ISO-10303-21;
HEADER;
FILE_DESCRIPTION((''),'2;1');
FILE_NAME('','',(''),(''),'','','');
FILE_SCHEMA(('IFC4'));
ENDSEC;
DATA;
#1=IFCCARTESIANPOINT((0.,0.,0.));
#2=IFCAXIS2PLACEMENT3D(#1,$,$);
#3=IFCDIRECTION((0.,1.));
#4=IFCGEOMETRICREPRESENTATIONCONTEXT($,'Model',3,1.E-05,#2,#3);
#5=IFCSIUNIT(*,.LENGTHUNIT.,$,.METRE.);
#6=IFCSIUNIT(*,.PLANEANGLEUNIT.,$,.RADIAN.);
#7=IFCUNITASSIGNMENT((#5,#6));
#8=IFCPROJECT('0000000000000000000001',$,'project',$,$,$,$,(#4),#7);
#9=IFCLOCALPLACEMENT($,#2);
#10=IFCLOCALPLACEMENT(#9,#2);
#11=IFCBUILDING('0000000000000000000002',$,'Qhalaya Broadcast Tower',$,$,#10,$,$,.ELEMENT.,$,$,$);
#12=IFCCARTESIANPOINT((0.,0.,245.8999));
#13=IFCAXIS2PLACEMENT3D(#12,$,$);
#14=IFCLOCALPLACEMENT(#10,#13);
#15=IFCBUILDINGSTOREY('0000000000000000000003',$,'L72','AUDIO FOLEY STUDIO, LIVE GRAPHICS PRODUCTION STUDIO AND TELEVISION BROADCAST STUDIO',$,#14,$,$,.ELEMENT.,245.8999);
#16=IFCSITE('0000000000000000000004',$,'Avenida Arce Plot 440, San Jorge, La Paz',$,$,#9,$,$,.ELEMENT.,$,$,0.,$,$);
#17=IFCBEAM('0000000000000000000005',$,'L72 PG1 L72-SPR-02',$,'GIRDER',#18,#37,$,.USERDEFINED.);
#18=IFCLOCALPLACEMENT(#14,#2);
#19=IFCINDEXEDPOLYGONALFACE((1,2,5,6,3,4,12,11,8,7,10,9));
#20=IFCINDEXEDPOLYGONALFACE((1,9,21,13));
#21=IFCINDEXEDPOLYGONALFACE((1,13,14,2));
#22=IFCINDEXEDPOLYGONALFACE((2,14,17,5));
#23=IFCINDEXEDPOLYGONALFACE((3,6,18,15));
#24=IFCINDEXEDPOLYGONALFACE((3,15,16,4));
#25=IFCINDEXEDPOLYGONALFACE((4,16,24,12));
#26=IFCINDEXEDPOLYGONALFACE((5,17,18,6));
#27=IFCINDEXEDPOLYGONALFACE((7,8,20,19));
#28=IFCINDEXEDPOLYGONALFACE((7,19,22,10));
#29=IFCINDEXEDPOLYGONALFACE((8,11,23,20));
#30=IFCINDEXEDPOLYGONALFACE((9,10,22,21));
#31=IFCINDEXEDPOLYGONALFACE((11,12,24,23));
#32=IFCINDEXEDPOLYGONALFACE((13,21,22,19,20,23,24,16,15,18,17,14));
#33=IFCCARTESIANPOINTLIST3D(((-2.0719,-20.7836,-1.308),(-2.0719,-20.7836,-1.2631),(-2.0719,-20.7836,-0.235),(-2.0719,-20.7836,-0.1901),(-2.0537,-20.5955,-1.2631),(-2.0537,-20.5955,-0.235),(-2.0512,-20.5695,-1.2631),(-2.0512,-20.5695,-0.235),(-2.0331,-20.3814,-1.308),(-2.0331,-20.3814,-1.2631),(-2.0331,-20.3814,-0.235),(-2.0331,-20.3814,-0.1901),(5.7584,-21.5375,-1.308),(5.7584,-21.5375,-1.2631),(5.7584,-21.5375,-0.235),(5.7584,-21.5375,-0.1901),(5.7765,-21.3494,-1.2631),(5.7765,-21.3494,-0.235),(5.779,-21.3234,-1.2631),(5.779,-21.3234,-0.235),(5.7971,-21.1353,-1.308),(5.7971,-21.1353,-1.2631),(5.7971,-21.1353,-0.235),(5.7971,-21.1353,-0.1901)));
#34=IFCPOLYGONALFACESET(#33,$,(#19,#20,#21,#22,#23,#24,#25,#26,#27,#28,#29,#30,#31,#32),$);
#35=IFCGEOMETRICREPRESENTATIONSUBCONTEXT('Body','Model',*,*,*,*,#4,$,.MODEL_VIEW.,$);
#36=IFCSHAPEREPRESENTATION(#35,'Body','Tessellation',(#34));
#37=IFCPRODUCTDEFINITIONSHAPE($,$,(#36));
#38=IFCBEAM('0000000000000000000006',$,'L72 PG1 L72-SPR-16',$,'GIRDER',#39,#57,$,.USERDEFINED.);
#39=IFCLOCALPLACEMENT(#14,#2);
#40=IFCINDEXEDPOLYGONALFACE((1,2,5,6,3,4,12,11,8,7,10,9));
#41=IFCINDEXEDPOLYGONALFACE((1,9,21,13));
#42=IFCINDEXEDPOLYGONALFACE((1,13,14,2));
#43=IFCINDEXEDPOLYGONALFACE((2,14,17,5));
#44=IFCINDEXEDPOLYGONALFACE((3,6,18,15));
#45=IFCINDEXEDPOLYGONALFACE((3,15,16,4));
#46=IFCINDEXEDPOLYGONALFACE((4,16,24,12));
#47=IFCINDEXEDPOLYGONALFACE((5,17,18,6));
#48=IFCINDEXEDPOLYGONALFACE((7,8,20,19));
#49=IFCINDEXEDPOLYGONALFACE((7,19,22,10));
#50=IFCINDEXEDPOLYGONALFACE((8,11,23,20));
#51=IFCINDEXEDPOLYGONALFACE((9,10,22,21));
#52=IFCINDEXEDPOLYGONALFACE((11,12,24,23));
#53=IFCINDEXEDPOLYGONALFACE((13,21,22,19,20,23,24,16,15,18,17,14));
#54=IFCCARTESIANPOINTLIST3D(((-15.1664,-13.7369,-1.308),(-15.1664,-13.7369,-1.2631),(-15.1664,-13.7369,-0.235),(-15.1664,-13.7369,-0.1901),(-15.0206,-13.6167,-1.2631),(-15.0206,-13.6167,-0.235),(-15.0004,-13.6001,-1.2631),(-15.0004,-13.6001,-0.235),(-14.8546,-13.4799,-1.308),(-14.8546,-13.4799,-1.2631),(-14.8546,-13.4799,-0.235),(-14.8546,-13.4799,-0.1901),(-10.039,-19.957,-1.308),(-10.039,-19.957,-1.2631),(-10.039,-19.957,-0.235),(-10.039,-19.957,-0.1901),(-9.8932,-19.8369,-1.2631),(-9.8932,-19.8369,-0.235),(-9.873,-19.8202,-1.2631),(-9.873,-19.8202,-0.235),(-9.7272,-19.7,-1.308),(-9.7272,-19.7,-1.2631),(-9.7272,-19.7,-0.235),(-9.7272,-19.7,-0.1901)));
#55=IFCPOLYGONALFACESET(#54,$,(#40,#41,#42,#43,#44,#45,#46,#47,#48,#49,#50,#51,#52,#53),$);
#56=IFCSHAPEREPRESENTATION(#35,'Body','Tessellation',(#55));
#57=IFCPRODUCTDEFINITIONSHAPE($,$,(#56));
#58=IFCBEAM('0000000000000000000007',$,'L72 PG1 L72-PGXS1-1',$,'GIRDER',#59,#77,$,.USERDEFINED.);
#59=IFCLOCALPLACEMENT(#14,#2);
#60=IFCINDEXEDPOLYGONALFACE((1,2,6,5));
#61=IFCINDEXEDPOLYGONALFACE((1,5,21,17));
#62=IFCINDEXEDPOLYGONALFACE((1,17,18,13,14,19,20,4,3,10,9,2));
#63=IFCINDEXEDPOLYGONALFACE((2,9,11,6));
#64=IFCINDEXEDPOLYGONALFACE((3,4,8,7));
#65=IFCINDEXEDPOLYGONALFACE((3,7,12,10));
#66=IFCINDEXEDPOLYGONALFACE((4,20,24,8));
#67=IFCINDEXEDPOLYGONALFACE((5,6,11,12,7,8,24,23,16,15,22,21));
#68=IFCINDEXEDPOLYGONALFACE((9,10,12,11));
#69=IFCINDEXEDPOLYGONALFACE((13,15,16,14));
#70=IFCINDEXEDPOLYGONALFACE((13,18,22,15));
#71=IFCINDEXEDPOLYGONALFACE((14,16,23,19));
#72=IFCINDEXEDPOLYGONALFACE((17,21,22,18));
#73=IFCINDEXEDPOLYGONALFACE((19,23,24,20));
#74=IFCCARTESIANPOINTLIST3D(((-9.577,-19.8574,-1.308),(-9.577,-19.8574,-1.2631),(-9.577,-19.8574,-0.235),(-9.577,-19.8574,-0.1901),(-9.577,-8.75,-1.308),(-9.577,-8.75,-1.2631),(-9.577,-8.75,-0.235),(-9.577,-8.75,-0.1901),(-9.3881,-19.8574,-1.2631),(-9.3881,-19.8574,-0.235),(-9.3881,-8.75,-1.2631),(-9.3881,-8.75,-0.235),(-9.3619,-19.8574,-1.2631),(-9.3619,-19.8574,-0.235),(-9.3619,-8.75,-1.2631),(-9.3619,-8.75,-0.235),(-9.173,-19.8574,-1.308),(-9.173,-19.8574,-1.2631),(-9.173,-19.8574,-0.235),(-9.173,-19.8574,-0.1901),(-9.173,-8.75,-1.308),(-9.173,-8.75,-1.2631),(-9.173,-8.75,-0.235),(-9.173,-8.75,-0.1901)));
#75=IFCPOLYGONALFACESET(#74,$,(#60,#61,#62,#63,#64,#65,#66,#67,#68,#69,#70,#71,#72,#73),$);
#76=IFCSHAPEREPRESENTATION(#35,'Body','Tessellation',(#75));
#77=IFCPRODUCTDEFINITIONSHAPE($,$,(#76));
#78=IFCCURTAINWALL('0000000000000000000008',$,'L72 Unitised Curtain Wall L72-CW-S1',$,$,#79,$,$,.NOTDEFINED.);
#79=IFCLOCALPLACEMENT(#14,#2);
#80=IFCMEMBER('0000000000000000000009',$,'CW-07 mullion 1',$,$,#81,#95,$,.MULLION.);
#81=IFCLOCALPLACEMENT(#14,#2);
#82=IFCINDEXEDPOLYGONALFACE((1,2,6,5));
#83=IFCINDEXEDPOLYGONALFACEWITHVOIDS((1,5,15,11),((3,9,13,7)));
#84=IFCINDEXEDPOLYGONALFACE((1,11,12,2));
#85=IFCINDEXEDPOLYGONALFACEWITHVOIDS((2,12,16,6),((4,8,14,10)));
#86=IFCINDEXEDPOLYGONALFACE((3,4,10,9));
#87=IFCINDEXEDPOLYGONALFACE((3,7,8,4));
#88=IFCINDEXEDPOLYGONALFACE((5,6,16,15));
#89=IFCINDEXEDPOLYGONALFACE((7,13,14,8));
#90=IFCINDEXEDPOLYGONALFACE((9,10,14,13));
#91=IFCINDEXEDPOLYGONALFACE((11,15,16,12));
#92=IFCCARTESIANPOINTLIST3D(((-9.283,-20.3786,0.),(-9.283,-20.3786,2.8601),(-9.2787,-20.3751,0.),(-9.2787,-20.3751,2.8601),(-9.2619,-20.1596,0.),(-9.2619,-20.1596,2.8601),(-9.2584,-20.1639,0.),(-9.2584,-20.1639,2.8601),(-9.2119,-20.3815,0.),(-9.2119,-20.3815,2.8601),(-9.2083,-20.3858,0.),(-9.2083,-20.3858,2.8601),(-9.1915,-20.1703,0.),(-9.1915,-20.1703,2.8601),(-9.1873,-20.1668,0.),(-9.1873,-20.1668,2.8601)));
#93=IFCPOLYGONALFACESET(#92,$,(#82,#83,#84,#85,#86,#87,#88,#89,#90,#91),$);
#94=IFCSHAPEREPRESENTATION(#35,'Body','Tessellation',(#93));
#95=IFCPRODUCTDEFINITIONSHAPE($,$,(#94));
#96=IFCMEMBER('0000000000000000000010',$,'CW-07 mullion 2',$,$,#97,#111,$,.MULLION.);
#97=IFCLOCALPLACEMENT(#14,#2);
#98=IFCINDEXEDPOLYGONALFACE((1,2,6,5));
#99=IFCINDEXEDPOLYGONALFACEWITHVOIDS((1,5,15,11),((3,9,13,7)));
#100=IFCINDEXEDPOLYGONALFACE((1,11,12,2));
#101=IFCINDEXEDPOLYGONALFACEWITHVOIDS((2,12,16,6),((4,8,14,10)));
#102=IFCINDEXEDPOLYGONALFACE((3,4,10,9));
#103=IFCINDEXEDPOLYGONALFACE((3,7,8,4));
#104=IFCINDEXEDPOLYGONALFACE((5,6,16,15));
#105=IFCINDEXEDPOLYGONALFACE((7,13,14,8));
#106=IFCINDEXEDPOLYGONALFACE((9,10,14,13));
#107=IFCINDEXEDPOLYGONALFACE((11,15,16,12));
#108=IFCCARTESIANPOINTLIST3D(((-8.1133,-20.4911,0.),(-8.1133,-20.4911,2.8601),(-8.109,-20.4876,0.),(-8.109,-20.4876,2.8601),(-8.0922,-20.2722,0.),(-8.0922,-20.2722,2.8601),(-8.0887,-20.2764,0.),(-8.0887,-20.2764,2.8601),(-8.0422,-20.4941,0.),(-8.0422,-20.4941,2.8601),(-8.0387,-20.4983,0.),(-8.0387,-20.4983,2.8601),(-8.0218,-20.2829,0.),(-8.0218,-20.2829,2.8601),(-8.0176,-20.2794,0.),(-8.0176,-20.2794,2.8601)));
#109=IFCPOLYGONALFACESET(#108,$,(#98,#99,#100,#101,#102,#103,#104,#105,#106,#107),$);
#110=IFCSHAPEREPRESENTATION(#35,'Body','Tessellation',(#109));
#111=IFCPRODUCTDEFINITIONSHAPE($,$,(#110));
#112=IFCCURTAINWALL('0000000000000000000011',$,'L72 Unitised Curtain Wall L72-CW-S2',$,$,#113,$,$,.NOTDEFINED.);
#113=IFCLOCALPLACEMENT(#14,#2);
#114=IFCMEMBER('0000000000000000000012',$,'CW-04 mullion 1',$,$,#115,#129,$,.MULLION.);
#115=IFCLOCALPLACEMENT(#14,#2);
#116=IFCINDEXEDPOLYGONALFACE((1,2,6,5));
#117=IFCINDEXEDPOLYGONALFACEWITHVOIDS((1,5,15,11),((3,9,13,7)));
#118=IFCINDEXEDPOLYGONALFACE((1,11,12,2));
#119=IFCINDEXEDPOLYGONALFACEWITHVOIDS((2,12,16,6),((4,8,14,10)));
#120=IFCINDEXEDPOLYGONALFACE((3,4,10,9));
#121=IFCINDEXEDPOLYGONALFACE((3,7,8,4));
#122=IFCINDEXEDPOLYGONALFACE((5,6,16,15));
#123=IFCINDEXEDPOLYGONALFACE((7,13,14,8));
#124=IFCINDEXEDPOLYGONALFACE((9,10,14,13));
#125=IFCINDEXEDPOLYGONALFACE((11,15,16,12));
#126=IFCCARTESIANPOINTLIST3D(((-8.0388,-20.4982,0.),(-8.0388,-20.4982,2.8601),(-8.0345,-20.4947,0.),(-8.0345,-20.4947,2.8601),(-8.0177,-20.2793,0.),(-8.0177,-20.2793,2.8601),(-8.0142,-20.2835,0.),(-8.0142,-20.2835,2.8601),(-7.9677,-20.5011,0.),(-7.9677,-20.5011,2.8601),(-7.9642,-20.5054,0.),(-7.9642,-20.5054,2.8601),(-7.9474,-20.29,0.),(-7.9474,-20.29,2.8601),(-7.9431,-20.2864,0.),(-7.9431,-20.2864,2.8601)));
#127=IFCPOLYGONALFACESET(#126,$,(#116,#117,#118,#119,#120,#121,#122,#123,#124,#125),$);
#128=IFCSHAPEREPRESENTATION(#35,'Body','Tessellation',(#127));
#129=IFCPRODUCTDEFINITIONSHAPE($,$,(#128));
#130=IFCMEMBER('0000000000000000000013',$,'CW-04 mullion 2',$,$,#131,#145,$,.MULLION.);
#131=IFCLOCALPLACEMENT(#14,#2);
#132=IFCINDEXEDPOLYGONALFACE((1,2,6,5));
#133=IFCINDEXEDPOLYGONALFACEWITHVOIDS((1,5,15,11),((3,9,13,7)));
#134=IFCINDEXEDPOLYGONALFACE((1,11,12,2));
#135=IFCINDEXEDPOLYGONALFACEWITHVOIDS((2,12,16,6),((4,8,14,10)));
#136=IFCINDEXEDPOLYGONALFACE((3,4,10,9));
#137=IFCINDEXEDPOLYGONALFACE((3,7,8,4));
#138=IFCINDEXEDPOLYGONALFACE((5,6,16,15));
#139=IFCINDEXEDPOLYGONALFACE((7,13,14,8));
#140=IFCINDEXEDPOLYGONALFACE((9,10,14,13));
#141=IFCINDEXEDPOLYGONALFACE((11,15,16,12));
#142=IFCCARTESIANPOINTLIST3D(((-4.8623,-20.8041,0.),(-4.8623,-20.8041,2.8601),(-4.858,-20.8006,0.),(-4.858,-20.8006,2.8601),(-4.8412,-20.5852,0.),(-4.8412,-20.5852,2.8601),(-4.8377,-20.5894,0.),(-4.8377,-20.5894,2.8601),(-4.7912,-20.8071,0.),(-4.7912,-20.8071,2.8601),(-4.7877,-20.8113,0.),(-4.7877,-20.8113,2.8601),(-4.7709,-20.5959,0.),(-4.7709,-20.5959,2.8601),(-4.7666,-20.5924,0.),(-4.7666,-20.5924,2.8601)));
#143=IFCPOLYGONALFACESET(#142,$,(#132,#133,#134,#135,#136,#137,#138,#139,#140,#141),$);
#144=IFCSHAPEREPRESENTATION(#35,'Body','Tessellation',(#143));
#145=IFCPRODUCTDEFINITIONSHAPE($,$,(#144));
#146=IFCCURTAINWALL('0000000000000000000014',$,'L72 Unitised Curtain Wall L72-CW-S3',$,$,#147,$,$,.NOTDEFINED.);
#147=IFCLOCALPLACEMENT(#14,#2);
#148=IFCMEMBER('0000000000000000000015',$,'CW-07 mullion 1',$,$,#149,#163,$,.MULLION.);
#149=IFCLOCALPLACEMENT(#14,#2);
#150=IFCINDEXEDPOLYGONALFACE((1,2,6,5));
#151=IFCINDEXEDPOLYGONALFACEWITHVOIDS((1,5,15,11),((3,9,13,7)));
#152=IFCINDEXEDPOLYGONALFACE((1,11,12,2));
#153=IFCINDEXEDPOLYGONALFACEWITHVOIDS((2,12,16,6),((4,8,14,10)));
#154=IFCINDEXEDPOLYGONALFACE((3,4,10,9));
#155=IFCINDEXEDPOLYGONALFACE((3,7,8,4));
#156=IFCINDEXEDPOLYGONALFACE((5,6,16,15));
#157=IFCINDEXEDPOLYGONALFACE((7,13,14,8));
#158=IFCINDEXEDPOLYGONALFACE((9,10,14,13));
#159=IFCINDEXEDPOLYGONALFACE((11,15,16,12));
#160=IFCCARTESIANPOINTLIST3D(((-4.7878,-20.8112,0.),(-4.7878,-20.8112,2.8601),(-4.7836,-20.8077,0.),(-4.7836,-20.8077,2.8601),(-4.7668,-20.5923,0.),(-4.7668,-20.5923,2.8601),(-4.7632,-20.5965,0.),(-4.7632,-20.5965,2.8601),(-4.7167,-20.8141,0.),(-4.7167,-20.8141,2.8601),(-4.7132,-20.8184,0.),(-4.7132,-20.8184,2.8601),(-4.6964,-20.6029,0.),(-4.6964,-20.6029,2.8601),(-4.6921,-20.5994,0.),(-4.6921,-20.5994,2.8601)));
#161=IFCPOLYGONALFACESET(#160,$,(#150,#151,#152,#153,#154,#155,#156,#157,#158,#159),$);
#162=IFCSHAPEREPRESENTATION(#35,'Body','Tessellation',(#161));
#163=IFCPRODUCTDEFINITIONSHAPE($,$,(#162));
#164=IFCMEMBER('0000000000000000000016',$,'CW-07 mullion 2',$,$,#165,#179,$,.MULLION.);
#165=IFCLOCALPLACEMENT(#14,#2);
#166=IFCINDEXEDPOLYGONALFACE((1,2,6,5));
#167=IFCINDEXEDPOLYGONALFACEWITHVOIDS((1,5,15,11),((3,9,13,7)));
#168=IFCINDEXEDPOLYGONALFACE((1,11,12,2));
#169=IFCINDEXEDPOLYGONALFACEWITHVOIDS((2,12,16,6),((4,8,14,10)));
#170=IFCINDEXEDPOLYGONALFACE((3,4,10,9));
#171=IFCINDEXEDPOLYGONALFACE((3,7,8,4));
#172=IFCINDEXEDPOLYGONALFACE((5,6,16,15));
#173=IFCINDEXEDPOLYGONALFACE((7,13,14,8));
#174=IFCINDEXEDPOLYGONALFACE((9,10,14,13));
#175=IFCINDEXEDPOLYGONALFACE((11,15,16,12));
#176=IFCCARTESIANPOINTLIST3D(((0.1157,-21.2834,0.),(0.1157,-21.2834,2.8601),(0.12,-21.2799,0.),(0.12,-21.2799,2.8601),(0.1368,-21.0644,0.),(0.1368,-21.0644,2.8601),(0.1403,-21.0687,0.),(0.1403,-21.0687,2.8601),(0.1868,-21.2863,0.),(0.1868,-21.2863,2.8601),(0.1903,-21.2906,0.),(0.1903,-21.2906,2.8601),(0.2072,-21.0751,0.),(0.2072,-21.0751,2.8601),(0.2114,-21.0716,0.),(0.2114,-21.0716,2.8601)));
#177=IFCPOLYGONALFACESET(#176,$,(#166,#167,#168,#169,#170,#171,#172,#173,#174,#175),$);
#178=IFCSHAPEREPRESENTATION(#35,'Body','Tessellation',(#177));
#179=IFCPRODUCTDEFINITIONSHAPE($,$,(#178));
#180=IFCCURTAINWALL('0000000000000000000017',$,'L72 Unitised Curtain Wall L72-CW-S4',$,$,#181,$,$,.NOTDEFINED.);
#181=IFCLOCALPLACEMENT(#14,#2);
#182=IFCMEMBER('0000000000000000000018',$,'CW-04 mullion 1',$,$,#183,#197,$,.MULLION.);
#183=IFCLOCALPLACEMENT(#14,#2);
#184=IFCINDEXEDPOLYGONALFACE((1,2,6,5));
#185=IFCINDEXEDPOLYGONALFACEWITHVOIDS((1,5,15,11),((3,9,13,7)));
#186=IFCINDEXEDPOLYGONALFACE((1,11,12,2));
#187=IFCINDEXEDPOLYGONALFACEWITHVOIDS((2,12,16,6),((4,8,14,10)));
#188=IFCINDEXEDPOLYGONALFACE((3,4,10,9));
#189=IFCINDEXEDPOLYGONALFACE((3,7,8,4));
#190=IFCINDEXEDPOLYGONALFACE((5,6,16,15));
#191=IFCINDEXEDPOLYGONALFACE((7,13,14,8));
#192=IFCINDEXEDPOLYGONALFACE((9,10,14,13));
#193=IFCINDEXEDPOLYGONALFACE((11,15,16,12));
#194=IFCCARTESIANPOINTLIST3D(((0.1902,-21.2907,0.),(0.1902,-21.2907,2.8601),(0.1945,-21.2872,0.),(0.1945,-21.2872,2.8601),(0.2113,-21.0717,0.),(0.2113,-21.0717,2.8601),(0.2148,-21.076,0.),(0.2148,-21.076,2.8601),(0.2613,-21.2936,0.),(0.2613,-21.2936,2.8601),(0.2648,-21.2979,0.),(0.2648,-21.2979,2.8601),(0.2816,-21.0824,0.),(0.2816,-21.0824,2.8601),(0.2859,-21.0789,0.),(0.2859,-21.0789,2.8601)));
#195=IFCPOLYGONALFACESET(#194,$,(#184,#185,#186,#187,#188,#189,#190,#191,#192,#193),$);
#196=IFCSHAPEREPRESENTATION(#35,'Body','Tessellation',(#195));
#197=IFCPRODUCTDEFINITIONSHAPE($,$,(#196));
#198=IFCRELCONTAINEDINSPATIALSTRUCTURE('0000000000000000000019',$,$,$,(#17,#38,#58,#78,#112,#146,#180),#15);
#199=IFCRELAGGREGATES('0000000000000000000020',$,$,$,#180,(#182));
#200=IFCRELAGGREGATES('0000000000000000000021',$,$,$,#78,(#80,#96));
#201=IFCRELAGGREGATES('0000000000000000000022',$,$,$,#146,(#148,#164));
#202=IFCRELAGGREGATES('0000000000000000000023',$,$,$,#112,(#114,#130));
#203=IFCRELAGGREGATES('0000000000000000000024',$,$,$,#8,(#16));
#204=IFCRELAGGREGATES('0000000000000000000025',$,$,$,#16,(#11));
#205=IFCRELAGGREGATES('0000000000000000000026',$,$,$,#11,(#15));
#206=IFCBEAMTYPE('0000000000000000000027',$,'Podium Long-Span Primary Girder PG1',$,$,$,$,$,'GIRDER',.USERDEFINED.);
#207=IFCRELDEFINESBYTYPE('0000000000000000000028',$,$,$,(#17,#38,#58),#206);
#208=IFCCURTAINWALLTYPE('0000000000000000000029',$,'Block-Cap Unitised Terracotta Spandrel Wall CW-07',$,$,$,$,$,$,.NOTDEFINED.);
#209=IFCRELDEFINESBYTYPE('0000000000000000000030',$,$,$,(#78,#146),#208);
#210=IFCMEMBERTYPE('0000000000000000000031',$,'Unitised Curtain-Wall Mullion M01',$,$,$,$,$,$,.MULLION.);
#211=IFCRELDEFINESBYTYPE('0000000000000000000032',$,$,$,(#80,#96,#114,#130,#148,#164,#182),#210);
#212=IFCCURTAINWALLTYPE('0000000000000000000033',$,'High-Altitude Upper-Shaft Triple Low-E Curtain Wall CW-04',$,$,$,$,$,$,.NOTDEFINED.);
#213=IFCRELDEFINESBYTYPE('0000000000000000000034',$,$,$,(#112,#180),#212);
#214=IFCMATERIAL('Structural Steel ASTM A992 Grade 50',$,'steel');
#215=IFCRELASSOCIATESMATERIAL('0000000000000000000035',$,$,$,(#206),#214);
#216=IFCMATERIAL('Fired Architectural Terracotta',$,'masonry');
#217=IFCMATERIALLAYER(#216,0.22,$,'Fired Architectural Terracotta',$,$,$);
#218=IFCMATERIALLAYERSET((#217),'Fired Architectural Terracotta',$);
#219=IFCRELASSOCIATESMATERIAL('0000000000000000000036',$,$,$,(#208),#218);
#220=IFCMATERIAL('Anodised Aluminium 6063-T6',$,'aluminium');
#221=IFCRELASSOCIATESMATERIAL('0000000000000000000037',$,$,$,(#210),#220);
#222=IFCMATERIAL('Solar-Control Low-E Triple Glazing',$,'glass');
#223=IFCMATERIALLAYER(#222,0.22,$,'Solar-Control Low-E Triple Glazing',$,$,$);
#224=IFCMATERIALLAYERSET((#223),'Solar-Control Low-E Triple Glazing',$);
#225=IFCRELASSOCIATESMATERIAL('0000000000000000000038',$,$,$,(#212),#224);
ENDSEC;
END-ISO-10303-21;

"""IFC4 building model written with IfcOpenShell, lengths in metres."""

from ifc_helpers import new_model, si_unit, direction, frame, origin, origin_2d, place, context, subcontext, project, spatial, hollow_rectangle, i_section, extrude, material, layer, layer_set, material_profile, profile_set, type_object, element, aggregate, save


model = new_model("IFC4")

# Units and contexts
model_context = context("Model", 3, precision=1e-05, world=origin(), true_north=direction((0.0, 1.0)))
body_context = subcontext(model_context, "Body", "Model", "MODEL_VIEW")
ifc_project = project(units=[si_unit("LENGTHUNIT", "METRE"), si_unit("PLANEANGLEUNIT", "RADIAN")], contexts=[model_context])

# Site, building, storey
site_placement = place(None, origin())
site = spatial("IfcSite", under=ifc_project, at=site_placement, Name="Avenida Arce Plot 440, San Jorge, La Paz", CompositionType="ELEMENT", RefElevation=0.0)
building_placement = place(site_placement, origin())
building = spatial("IfcBuilding", under=site, at=building_placement, Name="Qhalaya Broadcast Tower", CompositionType="ELEMENT")
storey_placement = place(building_placement, frame((0.0, 0.0, 245.8999)))
storey = spatial("IfcBuildingStorey", under=building, at=storey_placement, Name="L72", Description="AUDIO FOLEY STUDIO, LIVE GRAPHICS PRODUCTION STUDIO AND TELEVISION BROADCAST STUDIO", CompositionType="ELEMENT", Elevation=245.8999)

# Beams
ifc_material_1 = material(Name="Structural Steel ASTM A992 Grade 50", Category="steel")
ifc_material_profile_1 = material_profile(ifc_material_1, i_section(OverallWidth=0.4041, OverallDepth=1.1179, WebThickness=0.0261, FlangeThickness=0.0449, at=origin_2d()), Name="W44X335")
ifc_profile_set_1 = profile_set([ifc_material_profile_1], Name="Structural Steel ASTM A992 Grade 50")
beam_type_1 = type_object("IfcBeamType", Name="Podium Long-Span Primary Girder PG1", ElementType="GIRDER", PredefinedType="USERDEFINED", material=ifc_profile_set_1)
beam_1_placement = place(storey_placement, frame((-2.0525, -20.5825, -0.749), z_axis=(0.995397, -0.095837, 0.0), x_axis=(0.095837, 0.995397, 0.0)))
element("IfcBeam", 1, at=beam_1_placement, inside=storey, type_object=beam_type_1, Name="L72 PG1 L72-SPR-02", ObjectType="GIRDER", PredefinedType="USERDEFINED", context=body_context, shape_type="SweptSolid", body=[
    extrude(i_section(OverallWidth=0.4041, OverallDepth=1.1179, WebThickness=0.0261, FlangeThickness=0.0449, at=origin_2d()), origin(), (0.0, 0.0, 1.0), 7.8665),
])
beam_2_placement = place(storey_placement, frame((-15.0105, -13.6084, -0.749), z_axis=(0.63607, -0.771631, 0.0), x_axis=(0.771631, 0.63607, 0.0)))
element("IfcBeam", 2, at=beam_2_placement, inside=storey, type_object=beam_type_1, Name="L72 PG1 L72-SPR-16", ObjectType="GIRDER", PredefinedType="USERDEFINED", context=body_context, shape_type="SweptSolid", body=[
    extrude(i_section(OverallWidth=0.4041, OverallDepth=1.1179, WebThickness=0.0261, FlangeThickness=0.0449, at=origin_2d()), origin(), (0.0, 0.0, 1.0), 8.061),
])
beam_3_placement = place(storey_placement, frame((-9.375, -19.8574, -0.749), z_axis=(0.0, 1.0, 0.0), x_axis=(-1.0, 0.0, 0.0)))
element("IfcBeam", 3, at=beam_3_placement, inside=storey, type_object=beam_type_1, Name="L72 PG1 L72-PGXS1-1", ObjectType="GIRDER", PredefinedType="USERDEFINED", context=body_context, shape_type="SweptSolid", body=[
    extrude(i_section(OverallWidth=0.4041, OverallDepth=1.1179, WebThickness=0.0261, FlangeThickness=0.0449, at=origin_2d()), origin(), (0.0, 0.0, 1.0), 11.1074),
])

# Curtain walls, members
ifc_material_2 = material(Name="Fired Architectural Terracotta", Category="masonry")
ifc_layer_1 = layer(ifc_material_2, 0.22, Name="Fired Architectural Terracotta")
ifc_layer_set_1 = layer_set([ifc_layer_1], Name="Fired Architectural Terracotta")
curtain_wall_type_1 = type_object("IfcCurtainWallType", Name="Block-Cap Unitised Terracotta Spandrel Wall CW-07", PredefinedType="NOTDEFINED", material=ifc_layer_set_1)
curtain_wall_1_placement = place(storey_placement, origin())
curtain_wall_1 = element("IfcCurtainWall", 4, at=curtain_wall_1_placement, inside=storey, type_object=curtain_wall_type_1, Name="L72 Unitised Curtain Wall L72-CW-S1", PredefinedType="NOTDEFINED")
ifc_material_3 = material(Name="Anodised Aluminium 6063-T6", Category="aluminium")
ifc_material_profile_2 = material_profile(ifc_material_3, hollow_rectangle(XDim=0.075, YDim=0.22, WallThickness=0.0039, at=origin_2d()), Name="ALU-MUL 75x220x4")
ifc_profile_set_2 = profile_set([ifc_material_profile_2], Name="Anodised Aluminium 6063-T6")
member_type_1 = type_object("IfcMemberType", Name="Unitised Curtain-Wall Mullion M01", PredefinedType="MULLION", material=ifc_profile_set_2)
member_1_placement = place(storey_placement, frame((-9.2351, -20.2727, 0.0), z_axis=(0.0, 0.0, 1.0), x_axis=(0.995396, -0.095844, 0.0)))
member_1 = element("IfcMember", 5, at=member_1_placement, type_object=member_type_1, Name="CW-07 mullion 1", PredefinedType="MULLION", context=body_context, shape_type="SweptSolid", body=[
    extrude(hollow_rectangle(XDim=0.075, YDim=0.22, WallThickness=0.0039, at=origin_2d()), origin(), (0.0, 0.0, 1.0), 2.8601),
])
member_2_placement = place(storey_placement, frame((-8.0654, -20.3853, 0.0), z_axis=(0.0, 0.0, 1.0), x_axis=(0.995396, -0.095844, 0.0)))
member_2 = element("IfcMember", 6, at=member_2_placement, type_object=member_type_1, Name="CW-07 mullion 2", PredefinedType="MULLION", context=body_context, shape_type="SweptSolid", body=[
    extrude(hollow_rectangle(XDim=0.075, YDim=0.22, WallThickness=0.0039, at=origin_2d()), origin(), (0.0, 0.0, 1.0), 2.8601),
])
ifc_material_4 = material(Name="Solar-Control Low-E Triple Glazing", Category="glass")
ifc_layer_2 = layer(ifc_material_4, 0.22, Name="Solar-Control Low-E Triple Glazing")
ifc_layer_set_2 = layer_set([ifc_layer_2], Name="Solar-Control Low-E Triple Glazing")
curtain_wall_type_2 = type_object("IfcCurtainWallType", Name="High-Altitude Upper-Shaft Triple Low-E Curtain Wall CW-04", PredefinedType="NOTDEFINED", material=ifc_layer_set_2)
curtain_wall_2_placement = place(storey_placement, origin())
curtain_wall_2 = element("IfcCurtainWall", 7, at=curtain_wall_2_placement, inside=storey, type_object=curtain_wall_type_2, Name="L72 Unitised Curtain Wall L72-CW-S2", PredefinedType="NOTDEFINED")
member_3_placement = place(storey_placement, frame((-7.991, -20.3923, 0.0), z_axis=(0.0, 0.0, 1.0), x_axis=(0.995397, -0.095835, 0.0)))
member_3 = element("IfcMember", 8, at=member_3_placement, type_object=member_type_1, Name="CW-04 mullion 1", PredefinedType="MULLION", context=body_context, shape_type="SweptSolid", body=[
    extrude(hollow_rectangle(XDim=0.075, YDim=0.22, WallThickness=0.0039, at=origin_2d()), origin(), (0.0, 0.0, 1.0), 2.8601),
])
member_4_placement = place(storey_placement, frame((-4.8145, -20.6982, 0.0), z_axis=(0.0, 0.0, 1.0), x_axis=(0.995397, -0.095835, 0.0)))
member_4 = element("IfcMember", 9, at=member_4_placement, type_object=member_type_1, Name="CW-04 mullion 2", PredefinedType="MULLION", context=body_context, shape_type="SweptSolid", body=[
    extrude(hollow_rectangle(XDim=0.075, YDim=0.22, WallThickness=0.0039, at=origin_2d()), origin(), (0.0, 0.0, 1.0), 2.8601),
])
curtain_wall_3_placement = place(storey_placement, origin())
curtain_wall_3 = element("IfcCurtainWall", 10, at=curtain_wall_3_placement, inside=storey, type_object=curtain_wall_type_1, Name="L72 Unitised Curtain Wall L72-CW-S3", PredefinedType="NOTDEFINED")
member_5_placement = place(storey_placement, frame((-4.74, -20.7053, 0.0), z_axis=(0.0, 0.0, 1.0), x_axis=(0.995395, -0.09586, 0.0)))
member_5 = element("IfcMember", 11, at=member_5_placement, type_object=member_type_1, Name="CW-07 mullion 1", PredefinedType="MULLION", context=body_context, shape_type="SweptSolid", body=[
    extrude(hollow_rectangle(XDim=0.075, YDim=0.22, WallThickness=0.0039, at=origin_2d()), origin(), (0.0, 0.0, 1.0), 2.8601),
])
member_6_placement = place(storey_placement, frame((0.1636, -21.1775, 0.0), z_axis=(0.0, 0.0, 1.0), x_axis=(0.995395, -0.09586, 0.0)))
member_6 = element("IfcMember", 12, at=member_6_placement, type_object=member_type_1, Name="CW-07 mullion 2", PredefinedType="MULLION", context=body_context, shape_type="SweptSolid", body=[
    extrude(hollow_rectangle(XDim=0.075, YDim=0.22, WallThickness=0.0039, at=origin_2d()), origin(), (0.0, 0.0, 1.0), 2.8601),
])

# Curtain wall, member
curtain_wall_4_placement = place(storey_placement, origin())
curtain_wall_4 = element("IfcCurtainWall", 13, at=curtain_wall_4_placement, inside=storey, type_object=curtain_wall_type_2, Name="L72 Unitised Curtain Wall L72-CW-S4", PredefinedType="NOTDEFINED")
member_7_placement = place(storey_placement, frame((0.238, -21.1848, 0.0), z_axis=(0.0, 0.0, 1.0), x_axis=(0.995397, -0.095838, 0.0)))
member_7 = element("IfcMember", 14, at=member_7_placement, type_object=member_type_1, Name="CW-04 mullion 1", PredefinedType="MULLION", context=body_context, shape_type="SweptSolid", body=[
    extrude(hollow_rectangle(XDim=0.075, YDim=0.22, WallThickness=0.0039, at=origin_2d()), origin(), (0.0, 0.0, 1.0), 2.8601),
])
aggregate(curtain_wall_4, [member_7])

aggregate(curtain_wall_1, [member_1, member_2])
aggregate(curtain_wall_3, [member_5, member_6])
aggregate(curtain_wall_2, [member_3, member_4])

save(model, "model.ifc")
